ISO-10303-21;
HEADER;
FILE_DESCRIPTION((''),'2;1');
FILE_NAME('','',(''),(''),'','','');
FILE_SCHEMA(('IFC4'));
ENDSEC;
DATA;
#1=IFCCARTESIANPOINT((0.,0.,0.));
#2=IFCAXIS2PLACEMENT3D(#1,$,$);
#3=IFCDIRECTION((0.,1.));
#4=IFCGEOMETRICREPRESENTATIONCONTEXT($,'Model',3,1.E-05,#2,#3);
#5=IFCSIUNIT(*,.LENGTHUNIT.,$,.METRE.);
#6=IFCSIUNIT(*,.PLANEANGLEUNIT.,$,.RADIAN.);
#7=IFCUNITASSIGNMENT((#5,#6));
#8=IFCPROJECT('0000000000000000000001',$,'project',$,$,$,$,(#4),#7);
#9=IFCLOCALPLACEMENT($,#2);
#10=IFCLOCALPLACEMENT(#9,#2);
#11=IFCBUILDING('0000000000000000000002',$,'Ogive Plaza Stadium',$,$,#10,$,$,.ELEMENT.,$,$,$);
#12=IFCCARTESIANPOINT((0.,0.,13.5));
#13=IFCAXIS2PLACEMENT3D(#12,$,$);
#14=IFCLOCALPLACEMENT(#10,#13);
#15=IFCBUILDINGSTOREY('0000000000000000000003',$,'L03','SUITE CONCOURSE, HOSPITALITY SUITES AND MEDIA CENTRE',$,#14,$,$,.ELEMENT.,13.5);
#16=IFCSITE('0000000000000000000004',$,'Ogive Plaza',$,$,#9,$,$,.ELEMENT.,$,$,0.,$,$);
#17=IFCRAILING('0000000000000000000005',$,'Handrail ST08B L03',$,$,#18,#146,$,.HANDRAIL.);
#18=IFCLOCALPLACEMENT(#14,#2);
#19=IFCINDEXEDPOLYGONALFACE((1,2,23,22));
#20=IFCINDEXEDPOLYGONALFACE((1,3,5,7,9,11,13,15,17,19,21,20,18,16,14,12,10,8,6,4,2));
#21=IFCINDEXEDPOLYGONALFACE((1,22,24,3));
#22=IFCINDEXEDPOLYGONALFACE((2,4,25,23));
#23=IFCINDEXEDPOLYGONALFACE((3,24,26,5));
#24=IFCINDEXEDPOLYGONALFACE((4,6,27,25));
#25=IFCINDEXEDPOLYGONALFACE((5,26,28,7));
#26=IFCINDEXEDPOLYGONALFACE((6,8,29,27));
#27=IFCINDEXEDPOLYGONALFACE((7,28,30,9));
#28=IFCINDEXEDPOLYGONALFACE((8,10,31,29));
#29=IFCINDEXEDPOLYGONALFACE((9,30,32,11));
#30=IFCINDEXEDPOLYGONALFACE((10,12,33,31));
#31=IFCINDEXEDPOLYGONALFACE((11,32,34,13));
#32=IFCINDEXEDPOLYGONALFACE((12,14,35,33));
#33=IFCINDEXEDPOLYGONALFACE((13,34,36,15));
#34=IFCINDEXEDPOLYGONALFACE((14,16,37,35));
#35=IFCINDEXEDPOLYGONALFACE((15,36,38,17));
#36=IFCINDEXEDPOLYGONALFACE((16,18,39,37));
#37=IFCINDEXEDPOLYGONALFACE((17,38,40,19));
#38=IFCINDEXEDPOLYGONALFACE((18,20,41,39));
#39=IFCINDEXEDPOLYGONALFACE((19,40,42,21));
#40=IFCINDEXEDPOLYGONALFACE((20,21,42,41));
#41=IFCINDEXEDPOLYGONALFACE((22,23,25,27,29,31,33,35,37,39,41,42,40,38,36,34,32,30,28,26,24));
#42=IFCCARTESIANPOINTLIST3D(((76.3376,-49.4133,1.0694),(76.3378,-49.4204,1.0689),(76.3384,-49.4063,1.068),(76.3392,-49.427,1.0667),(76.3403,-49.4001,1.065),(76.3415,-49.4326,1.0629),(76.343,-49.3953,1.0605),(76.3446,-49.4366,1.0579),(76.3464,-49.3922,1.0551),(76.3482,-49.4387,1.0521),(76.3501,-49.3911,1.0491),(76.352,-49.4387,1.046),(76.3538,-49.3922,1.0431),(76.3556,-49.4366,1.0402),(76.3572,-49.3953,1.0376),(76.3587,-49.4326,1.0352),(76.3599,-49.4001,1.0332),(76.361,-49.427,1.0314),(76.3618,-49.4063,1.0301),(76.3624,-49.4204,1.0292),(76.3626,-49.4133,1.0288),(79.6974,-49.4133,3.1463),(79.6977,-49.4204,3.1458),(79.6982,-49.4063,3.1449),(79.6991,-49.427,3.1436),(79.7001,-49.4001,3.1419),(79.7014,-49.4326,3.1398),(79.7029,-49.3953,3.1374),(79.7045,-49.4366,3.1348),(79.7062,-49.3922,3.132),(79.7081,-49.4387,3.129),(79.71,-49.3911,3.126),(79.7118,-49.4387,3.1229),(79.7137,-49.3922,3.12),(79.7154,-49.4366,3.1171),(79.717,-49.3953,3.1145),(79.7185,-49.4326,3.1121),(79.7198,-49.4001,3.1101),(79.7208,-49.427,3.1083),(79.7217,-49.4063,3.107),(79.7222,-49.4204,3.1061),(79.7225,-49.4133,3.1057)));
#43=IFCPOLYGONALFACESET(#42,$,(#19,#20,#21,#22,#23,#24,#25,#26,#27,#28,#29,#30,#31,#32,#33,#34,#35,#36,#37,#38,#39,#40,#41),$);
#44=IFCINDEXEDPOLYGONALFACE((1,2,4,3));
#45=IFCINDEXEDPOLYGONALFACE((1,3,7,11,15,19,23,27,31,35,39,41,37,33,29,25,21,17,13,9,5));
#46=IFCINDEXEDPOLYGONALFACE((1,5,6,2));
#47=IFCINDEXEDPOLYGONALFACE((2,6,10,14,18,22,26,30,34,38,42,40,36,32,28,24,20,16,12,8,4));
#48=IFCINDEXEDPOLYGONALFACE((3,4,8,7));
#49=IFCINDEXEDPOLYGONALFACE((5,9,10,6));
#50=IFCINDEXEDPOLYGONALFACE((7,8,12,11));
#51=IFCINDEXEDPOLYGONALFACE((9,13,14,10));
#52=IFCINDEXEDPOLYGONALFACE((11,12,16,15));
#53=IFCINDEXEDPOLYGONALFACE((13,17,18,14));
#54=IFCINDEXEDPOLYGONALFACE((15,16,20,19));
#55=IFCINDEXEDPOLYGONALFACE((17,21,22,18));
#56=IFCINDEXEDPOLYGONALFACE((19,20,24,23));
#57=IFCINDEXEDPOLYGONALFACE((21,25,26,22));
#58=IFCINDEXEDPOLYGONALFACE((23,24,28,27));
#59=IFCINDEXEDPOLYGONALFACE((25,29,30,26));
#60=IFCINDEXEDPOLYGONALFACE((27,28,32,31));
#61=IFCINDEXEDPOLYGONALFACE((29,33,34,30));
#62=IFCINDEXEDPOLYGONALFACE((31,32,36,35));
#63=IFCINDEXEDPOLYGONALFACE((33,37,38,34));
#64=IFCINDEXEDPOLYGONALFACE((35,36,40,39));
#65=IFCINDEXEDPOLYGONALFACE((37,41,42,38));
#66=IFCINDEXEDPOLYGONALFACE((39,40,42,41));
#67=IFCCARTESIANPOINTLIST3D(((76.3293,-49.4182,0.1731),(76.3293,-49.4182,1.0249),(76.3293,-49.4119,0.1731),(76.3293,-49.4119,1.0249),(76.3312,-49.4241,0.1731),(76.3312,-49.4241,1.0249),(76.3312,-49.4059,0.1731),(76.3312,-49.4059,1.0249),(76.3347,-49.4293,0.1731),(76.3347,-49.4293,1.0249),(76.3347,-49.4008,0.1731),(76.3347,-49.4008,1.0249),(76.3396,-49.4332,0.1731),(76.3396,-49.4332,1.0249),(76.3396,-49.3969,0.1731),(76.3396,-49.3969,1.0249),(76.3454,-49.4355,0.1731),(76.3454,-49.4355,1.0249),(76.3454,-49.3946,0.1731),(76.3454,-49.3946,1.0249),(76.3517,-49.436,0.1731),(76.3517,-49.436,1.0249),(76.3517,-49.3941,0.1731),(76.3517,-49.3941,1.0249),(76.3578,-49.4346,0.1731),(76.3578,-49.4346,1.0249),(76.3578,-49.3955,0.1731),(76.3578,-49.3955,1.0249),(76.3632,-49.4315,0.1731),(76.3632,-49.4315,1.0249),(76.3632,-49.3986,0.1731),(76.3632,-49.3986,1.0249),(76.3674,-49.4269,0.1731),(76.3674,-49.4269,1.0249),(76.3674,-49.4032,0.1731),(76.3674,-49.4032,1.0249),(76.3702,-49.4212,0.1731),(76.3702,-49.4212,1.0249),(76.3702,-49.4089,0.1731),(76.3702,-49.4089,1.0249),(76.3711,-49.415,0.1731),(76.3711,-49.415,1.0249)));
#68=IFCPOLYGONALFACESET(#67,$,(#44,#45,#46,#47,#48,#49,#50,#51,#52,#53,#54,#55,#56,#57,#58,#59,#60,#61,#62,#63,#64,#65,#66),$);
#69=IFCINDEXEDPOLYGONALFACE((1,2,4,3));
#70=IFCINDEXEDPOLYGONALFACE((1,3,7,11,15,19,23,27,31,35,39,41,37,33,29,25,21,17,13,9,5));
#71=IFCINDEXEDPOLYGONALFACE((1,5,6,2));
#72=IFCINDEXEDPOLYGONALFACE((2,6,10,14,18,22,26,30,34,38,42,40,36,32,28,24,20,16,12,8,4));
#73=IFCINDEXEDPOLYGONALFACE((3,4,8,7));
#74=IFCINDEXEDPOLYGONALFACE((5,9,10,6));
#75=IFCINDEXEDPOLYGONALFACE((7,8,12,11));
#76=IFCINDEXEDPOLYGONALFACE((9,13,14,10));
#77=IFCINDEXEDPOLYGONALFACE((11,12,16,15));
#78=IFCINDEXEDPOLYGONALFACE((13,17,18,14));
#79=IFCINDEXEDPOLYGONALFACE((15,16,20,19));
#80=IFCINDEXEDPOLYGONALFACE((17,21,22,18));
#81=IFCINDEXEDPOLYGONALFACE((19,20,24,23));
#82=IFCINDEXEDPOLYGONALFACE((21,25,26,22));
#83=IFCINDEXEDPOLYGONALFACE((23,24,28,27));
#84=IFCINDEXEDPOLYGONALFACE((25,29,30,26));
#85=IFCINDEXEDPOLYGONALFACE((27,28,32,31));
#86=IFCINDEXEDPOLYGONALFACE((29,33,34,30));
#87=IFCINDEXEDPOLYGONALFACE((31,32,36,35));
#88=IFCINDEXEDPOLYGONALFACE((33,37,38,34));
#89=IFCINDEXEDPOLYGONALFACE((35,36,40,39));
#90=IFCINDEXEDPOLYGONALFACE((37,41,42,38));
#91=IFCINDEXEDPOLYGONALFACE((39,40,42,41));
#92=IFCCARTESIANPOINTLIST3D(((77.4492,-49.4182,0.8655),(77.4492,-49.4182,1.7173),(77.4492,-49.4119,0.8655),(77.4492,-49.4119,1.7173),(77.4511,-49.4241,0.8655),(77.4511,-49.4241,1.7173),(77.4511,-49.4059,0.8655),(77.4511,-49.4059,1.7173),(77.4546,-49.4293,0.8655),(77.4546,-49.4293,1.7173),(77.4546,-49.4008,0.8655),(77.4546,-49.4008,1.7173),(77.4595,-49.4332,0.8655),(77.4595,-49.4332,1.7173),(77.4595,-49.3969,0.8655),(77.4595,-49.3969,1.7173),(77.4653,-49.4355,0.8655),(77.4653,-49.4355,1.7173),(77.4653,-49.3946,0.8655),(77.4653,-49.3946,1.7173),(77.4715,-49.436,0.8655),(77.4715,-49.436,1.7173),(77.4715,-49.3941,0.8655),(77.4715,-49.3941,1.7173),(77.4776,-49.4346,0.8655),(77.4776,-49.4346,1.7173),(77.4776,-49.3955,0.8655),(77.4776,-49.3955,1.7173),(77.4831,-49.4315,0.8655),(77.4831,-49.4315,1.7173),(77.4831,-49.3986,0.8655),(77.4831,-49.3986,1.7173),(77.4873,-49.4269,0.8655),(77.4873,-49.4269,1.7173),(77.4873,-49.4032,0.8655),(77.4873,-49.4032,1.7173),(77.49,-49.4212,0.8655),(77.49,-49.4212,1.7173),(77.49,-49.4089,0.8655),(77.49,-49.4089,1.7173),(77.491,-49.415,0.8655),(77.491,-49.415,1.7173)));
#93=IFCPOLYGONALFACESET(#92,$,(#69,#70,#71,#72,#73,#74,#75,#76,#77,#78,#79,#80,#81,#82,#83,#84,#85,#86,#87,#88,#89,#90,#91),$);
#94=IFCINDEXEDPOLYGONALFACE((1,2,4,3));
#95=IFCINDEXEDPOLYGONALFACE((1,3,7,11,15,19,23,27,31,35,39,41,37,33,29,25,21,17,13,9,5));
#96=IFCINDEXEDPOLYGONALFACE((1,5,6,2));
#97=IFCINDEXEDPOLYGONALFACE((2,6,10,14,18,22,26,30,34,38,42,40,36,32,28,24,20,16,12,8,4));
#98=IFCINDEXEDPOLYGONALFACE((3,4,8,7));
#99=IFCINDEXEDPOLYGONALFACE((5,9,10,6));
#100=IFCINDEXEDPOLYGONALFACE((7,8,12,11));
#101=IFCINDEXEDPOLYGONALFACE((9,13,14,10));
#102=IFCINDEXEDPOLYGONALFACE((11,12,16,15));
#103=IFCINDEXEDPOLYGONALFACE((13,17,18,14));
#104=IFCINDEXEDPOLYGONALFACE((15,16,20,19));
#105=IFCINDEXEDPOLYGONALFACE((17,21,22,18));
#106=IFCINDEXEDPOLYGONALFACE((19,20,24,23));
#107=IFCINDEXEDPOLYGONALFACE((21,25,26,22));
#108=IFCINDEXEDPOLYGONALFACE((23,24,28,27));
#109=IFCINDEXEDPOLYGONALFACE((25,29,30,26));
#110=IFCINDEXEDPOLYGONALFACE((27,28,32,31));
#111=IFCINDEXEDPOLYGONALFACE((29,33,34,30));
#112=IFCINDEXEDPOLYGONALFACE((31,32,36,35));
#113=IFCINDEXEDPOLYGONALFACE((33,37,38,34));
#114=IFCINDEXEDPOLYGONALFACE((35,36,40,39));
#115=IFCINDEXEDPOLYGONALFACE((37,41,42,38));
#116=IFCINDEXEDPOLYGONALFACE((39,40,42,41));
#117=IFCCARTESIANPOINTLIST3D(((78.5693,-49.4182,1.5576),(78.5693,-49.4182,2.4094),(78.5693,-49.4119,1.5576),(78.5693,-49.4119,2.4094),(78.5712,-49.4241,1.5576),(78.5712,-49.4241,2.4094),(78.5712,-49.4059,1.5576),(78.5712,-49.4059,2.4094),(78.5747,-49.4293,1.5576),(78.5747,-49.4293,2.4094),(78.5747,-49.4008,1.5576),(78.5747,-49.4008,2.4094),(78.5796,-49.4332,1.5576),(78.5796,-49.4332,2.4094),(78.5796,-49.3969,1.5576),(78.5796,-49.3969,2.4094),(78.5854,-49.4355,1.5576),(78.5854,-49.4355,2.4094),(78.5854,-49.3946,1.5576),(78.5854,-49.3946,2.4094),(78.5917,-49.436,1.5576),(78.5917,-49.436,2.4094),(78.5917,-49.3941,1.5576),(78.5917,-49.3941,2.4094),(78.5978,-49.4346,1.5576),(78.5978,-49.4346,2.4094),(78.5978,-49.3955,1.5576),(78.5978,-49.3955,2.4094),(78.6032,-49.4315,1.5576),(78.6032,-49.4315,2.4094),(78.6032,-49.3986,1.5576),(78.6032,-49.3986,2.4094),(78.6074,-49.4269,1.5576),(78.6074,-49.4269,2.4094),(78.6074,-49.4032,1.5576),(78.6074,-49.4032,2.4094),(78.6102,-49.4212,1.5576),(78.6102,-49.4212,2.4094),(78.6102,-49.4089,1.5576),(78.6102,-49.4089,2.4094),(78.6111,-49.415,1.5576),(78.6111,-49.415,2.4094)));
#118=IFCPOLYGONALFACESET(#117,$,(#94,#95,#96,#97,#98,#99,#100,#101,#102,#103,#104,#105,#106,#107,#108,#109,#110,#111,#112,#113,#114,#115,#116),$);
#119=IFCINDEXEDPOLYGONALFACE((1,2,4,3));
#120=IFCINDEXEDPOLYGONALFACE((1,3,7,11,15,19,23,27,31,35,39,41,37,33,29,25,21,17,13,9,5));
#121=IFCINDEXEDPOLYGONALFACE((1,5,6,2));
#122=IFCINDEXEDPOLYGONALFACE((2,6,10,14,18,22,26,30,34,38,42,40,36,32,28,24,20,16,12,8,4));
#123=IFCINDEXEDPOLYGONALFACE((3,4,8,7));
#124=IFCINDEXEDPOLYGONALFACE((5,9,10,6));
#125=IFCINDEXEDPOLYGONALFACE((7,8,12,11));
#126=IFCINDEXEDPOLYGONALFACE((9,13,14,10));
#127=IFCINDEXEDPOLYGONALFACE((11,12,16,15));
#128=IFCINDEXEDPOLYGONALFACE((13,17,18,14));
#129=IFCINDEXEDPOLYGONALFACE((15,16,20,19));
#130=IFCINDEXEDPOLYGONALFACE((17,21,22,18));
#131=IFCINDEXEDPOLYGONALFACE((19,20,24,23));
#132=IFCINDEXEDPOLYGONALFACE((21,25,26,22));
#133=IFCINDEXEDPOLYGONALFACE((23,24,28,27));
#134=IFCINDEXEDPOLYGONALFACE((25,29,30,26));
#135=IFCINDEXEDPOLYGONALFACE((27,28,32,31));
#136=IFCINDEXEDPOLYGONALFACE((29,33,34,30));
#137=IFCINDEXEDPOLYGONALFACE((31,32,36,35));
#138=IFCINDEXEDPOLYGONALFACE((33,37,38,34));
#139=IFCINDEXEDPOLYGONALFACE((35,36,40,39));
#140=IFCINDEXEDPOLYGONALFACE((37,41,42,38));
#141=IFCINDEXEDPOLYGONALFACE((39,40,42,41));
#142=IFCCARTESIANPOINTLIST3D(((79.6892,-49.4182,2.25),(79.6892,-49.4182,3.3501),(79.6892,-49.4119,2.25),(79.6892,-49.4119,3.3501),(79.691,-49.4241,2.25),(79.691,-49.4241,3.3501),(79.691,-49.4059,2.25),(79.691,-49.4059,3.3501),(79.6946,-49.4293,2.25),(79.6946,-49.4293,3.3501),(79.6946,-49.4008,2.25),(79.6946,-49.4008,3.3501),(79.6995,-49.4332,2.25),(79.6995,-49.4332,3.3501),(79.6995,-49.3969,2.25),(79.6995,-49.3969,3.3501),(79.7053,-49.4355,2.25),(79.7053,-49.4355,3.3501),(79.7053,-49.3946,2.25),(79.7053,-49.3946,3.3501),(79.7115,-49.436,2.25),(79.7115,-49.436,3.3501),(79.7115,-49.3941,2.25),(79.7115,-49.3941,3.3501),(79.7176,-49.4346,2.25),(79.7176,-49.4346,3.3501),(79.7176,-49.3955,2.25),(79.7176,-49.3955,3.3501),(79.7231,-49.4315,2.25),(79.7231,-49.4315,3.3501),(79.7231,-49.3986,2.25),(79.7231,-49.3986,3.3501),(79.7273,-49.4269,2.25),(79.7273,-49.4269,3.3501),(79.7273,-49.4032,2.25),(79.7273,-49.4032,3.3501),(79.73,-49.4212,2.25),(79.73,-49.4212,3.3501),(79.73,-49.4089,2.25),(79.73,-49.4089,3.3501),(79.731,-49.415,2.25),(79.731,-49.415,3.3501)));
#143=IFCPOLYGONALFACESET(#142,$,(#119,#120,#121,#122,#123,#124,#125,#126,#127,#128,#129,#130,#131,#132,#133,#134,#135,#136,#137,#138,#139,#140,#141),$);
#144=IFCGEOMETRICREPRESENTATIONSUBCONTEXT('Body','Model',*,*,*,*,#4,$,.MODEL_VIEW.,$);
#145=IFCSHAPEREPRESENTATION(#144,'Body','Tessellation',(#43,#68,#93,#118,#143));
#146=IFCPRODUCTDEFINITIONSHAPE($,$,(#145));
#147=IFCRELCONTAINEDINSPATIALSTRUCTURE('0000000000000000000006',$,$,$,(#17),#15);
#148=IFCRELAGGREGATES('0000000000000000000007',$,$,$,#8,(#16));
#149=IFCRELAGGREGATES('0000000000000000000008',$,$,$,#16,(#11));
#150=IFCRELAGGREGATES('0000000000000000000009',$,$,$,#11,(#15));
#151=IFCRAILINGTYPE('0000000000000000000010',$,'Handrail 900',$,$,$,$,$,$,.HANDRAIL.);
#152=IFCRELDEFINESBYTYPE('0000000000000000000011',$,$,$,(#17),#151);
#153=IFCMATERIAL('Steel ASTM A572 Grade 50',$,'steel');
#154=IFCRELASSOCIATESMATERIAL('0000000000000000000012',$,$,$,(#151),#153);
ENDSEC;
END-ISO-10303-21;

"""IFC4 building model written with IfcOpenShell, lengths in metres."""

from ifc_helpers import new_model, si_unit, direction, frame, origin, origin_2d, place, context, subcontext, project, spatial, circle, extrude, material, type_object, element, save


model = new_model("IFC4")

# Units and contexts
model_context = context("Model", 3, precision=1e-05, world=origin(), true_north=direction((0.0, 1.0)))
body_context = subcontext(model_context, "Body", "Model", "MODEL_VIEW")
ifc_project = project(units=[si_unit("LENGTHUNIT", "METRE"), si_unit("PLANEANGLEUNIT", "RADIAN")], contexts=[model_context])

# Site, building, storey
site_placement = place(None, origin())
site = spatial("IfcSite", under=ifc_project, at=site_placement, Name="Ogive Plaza", CompositionType="ELEMENT", RefElevation=0.0)
building_placement = place(site_placement, origin())
building = spatial("IfcBuilding", under=site, at=building_placement, Name="Ogive Plaza Stadium", CompositionType="ELEMENT")
storey_placement = place(building_placement, frame((0.0, 0.0, 13.5)))
storey = spatial("IfcBuildingStorey", under=building, at=storey_placement, Name="L03", Description="SUITE CONCOURSE, HOSPITALITY SUITES AND MEDIA CENTRE", CompositionType="ELEMENT", Elevation=13.5)

# Railing
ifc_material_1 = material(Name="Steel ASTM A572 Grade 50", Category="steel")
railing_type_1 = type_object("IfcRailingType", Name="Handrail 900", PredefinedType="HANDRAIL", material=ifc_material_1)
for number, where, name in (
    (1, (76.3501, -49.415, 0.1731), "Handrail ST08B L03"),
):
    element("IfcRailing", number, at=place(storey_placement, frame(where)), inside=storey, type_object=railing_type_1, Name=name, PredefinedType="HANDRAIL", context=body_context, shape_type="SweptSolid", body=[
        extrude(circle(Radius=0.0239, at=origin_2d()), frame((0.0, 0.0, 0.876), z_axis=(0.850606, 0.0, 0.525803), x_axis=(0.0, 1.0, 0.0)), (0.0, 0.0, 1.0), 3.95),
        extrude(circle(Radius=0.021, at=origin_2d()), origin(), (0.0, 0.0, 1.0), 0.8518),
        extrude(circle(Radius=0.021, at=origin_2d()), frame((1.1199, 0.0, 0.6924)), (0.0, 0.0, 1.0), 0.8518),
        extrude(circle(Radius=0.021, at=origin_2d()), frame((2.24, 0.0, 1.3845)), (0.0, 0.0, 1.0), 0.8518),
        extrude(circle(Radius=0.021, at=origin_2d()), frame((3.3599, 0.0, 2.0769)), (0.0, 0.0, 1.0), 1.1001),
    ])

save(model, "model.ifc")
